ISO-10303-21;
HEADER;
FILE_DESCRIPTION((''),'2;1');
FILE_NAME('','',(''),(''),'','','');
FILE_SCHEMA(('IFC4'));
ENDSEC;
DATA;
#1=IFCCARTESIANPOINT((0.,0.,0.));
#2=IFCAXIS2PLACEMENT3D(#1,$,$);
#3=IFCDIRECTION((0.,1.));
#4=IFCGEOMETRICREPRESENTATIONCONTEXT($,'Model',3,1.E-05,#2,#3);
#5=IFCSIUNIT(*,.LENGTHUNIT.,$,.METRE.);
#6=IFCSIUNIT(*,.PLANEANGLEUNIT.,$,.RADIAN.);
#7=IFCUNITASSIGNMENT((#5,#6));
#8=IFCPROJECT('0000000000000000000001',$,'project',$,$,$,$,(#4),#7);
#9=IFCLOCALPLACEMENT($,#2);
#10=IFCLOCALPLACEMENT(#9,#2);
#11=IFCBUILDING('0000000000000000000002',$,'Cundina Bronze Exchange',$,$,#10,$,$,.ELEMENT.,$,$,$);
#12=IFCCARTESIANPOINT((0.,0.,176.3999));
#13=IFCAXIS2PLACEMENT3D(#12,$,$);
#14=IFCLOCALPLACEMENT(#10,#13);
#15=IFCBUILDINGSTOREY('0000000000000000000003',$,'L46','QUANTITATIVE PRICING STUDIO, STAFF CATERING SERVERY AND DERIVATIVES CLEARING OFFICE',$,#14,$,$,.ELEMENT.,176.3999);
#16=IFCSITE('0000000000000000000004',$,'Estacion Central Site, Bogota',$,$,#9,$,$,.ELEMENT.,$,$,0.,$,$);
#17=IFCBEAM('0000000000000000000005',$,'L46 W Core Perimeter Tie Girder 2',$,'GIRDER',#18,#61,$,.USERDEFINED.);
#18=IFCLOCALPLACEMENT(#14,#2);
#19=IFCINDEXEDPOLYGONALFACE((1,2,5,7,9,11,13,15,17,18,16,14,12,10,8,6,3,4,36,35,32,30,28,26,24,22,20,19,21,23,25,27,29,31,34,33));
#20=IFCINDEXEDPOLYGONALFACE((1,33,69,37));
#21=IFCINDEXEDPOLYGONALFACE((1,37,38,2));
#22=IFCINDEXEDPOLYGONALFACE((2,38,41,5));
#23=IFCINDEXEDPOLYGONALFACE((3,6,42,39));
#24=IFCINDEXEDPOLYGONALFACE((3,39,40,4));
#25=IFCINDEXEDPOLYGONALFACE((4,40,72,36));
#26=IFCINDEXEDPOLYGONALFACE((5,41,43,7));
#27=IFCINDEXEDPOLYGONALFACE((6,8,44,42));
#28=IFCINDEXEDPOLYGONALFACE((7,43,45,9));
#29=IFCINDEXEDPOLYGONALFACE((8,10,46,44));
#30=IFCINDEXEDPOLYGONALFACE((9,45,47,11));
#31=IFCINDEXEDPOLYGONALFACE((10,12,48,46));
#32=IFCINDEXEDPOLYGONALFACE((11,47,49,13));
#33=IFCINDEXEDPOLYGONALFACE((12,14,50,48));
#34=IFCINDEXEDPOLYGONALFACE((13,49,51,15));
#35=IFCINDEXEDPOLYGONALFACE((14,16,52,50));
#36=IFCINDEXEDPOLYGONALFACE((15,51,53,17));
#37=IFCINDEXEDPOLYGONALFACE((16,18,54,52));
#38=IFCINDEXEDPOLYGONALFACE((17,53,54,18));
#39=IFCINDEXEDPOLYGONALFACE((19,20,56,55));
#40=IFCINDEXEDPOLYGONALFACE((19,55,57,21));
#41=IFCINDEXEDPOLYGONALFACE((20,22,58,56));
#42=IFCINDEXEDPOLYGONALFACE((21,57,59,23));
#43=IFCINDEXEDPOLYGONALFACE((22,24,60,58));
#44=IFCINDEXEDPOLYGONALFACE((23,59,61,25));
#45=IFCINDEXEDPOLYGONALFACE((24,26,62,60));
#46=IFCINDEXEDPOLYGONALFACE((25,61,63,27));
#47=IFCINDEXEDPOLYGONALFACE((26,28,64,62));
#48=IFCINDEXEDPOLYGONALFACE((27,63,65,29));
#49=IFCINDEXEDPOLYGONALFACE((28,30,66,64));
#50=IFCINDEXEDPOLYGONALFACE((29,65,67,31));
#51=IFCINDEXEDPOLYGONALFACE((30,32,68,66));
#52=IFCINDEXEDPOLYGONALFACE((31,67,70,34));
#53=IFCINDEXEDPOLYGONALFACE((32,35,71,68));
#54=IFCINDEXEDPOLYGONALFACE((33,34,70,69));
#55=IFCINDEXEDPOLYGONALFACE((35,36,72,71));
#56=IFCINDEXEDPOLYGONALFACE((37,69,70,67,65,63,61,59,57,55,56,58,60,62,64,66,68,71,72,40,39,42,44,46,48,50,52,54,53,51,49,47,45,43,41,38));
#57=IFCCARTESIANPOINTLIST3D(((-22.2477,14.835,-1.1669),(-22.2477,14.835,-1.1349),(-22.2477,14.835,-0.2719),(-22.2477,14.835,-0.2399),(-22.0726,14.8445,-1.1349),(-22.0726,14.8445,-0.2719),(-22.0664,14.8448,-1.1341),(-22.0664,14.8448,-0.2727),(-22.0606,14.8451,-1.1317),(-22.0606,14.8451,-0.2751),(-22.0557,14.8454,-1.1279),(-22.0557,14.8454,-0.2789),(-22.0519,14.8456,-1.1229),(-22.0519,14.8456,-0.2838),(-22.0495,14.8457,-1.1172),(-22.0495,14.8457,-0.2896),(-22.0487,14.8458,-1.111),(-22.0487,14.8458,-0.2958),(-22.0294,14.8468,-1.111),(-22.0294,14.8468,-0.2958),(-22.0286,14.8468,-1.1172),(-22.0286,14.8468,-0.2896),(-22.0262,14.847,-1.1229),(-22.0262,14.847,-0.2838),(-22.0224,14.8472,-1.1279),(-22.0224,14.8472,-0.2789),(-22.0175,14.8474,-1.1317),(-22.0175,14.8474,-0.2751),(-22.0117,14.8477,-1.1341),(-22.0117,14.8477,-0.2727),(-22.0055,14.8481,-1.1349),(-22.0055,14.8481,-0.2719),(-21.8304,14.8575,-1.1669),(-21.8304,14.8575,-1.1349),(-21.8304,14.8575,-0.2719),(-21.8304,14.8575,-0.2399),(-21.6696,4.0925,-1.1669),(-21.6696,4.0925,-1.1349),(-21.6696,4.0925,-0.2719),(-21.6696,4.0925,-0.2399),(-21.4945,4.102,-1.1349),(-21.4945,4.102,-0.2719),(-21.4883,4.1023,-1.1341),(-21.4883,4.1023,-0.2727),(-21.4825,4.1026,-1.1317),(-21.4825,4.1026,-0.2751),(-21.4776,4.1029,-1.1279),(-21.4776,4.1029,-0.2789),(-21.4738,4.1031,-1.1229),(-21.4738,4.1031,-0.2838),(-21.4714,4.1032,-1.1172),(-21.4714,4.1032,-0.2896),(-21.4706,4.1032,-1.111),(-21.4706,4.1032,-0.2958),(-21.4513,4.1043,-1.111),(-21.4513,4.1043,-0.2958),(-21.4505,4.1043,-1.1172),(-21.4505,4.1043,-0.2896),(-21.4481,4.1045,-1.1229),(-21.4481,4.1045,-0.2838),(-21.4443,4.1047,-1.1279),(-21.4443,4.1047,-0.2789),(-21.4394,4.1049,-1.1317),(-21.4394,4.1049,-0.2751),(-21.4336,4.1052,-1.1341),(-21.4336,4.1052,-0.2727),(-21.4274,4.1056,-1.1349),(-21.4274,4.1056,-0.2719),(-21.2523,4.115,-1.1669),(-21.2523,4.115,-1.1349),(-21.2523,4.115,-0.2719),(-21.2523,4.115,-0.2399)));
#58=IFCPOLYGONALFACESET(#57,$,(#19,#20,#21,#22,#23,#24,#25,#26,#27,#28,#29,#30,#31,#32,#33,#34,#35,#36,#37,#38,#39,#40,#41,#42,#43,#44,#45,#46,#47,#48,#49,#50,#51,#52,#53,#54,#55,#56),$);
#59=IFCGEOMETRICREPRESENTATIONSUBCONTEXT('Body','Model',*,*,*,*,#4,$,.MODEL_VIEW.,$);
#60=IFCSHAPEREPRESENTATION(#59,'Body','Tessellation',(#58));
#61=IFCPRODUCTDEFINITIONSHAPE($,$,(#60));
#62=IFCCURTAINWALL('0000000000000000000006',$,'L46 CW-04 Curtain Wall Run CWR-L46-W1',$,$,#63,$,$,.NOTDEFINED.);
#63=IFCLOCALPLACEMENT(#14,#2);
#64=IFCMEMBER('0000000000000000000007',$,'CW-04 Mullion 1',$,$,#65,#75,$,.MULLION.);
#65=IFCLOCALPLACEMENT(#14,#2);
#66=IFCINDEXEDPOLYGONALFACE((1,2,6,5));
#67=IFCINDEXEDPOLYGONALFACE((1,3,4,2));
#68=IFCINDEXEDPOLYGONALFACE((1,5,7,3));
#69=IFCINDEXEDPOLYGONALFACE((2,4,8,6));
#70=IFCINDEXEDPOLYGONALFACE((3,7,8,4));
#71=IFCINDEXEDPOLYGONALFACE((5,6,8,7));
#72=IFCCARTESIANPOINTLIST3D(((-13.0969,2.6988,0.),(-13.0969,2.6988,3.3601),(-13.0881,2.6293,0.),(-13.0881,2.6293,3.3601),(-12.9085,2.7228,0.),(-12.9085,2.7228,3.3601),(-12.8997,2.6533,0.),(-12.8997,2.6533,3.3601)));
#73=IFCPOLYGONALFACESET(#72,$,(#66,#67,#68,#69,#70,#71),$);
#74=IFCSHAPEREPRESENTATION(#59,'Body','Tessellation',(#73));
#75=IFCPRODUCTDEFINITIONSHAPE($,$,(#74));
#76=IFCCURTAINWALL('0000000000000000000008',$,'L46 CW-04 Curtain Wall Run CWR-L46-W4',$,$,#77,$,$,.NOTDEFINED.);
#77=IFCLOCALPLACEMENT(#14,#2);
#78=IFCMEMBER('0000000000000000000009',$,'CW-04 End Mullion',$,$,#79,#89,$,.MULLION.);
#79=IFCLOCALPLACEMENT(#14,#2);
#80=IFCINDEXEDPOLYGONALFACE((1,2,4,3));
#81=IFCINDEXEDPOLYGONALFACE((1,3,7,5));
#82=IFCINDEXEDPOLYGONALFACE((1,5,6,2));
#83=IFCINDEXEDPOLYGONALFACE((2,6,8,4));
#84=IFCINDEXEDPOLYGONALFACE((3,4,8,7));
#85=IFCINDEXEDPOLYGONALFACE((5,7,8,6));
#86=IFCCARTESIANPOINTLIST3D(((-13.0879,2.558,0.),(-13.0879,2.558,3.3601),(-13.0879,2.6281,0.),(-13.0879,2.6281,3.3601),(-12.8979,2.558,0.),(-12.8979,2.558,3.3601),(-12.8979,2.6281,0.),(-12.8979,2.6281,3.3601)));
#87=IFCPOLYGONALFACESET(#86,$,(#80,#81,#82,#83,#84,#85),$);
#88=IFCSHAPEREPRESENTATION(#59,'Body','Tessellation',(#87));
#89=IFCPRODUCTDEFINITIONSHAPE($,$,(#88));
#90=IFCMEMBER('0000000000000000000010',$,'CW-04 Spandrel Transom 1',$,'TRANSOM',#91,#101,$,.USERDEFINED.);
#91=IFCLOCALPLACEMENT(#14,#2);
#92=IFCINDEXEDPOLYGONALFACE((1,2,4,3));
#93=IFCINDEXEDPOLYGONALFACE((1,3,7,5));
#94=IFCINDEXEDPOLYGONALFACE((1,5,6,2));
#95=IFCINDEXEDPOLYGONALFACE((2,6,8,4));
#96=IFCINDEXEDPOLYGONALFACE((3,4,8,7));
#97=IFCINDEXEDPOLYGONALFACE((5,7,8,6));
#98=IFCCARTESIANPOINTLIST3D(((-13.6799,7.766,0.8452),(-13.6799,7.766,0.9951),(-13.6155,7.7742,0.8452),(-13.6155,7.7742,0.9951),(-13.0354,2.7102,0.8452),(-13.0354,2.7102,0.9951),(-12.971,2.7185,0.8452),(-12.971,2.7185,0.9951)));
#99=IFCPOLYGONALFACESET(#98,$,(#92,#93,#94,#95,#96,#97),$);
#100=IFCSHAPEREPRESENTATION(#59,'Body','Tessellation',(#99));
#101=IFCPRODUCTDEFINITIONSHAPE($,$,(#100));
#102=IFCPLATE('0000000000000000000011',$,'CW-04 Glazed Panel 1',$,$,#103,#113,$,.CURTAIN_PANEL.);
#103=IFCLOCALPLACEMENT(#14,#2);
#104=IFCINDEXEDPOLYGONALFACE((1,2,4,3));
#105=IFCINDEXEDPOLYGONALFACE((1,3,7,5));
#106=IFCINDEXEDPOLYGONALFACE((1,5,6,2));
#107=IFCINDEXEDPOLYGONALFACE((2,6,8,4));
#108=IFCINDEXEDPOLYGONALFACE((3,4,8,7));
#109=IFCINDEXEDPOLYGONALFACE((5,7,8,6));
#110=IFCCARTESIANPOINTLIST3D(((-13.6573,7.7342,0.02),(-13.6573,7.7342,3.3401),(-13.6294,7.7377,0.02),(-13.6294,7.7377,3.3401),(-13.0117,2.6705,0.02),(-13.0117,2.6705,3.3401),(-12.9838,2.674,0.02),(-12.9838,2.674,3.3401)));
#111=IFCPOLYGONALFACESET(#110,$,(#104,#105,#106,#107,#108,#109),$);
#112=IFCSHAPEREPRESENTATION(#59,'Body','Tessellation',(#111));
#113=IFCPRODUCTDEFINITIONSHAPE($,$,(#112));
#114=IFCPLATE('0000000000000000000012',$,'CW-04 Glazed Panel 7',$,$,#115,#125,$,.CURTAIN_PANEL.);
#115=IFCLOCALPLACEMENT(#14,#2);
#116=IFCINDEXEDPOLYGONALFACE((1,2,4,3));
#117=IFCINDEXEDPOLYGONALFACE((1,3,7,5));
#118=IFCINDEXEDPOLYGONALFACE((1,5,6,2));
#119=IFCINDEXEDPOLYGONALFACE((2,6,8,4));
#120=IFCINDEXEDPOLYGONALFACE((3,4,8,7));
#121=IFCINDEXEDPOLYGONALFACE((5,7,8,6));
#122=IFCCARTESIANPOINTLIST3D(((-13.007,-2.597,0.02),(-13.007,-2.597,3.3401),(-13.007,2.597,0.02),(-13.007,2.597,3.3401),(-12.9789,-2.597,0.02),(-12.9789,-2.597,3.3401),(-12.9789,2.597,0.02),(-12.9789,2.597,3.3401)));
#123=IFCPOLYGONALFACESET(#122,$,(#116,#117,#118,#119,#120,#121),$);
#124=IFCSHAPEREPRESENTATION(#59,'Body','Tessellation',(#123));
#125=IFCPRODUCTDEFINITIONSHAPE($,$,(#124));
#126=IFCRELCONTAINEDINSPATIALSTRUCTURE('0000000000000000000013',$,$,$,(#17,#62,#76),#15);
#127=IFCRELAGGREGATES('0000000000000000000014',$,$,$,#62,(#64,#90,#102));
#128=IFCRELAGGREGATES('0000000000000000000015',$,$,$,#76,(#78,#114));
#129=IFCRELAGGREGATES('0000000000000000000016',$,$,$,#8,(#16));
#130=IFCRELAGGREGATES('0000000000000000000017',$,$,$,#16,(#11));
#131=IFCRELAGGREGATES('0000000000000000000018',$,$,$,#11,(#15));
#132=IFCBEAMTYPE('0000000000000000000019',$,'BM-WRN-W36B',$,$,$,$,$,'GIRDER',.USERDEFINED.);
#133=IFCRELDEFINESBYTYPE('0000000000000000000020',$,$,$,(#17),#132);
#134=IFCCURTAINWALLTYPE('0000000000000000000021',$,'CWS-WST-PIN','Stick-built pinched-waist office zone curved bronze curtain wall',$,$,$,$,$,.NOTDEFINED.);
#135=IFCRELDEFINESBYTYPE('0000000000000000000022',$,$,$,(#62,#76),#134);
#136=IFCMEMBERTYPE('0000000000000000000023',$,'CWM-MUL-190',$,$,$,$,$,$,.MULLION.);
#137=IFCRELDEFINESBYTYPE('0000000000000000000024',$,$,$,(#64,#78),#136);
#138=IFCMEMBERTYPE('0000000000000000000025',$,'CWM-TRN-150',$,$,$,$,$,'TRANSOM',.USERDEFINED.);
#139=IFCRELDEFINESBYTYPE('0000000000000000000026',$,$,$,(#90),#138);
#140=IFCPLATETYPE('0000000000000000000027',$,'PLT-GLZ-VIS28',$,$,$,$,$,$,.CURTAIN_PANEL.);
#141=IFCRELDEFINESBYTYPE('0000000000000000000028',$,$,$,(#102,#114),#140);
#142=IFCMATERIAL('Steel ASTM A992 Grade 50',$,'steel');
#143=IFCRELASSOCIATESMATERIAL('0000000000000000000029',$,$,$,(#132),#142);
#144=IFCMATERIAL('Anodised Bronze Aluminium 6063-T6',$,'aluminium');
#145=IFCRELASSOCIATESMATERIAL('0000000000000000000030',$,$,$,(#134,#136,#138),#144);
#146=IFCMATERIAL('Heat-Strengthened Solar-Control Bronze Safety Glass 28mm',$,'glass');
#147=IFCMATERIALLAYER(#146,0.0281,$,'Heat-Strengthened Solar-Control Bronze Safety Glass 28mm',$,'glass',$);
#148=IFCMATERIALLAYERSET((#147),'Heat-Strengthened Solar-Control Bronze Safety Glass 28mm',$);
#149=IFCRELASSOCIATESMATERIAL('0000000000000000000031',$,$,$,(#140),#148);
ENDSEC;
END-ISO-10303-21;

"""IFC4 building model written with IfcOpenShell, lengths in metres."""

from ifc_helpers import new_model, si_unit, direction, frame, origin, origin_2d, place, context, subcontext, project, spatial, rectangle, i_section, extrude, material, layer, layer_set, material_profile, profile_set, type_object, element, aggregate, save


model = new_model("IFC4")

# Units and contexts
model_context = context("Model", 3, precision=1e-05, world=origin(), true_north=direction((0.0, 1.0)))
body_context = subcontext(model_context, "Body", "Model", "MODEL_VIEW")
ifc_project = project(units=[si_unit("LENGTHUNIT", "METRE"), si_unit("PLANEANGLEUNIT", "RADIAN")], contexts=[model_context])

# Site, building, storey
site_placement = place(None, origin())
site = spatial("IfcSite", under=ifc_project, at=site_placement, Name="Estacion Central Site, Bogota", CompositionType="ELEMENT", RefElevation=0.0)
building_placement = place(site_placement, origin())
building = spatial("IfcBuilding", under=site, at=building_placement, Name="Cundina Bronze Exchange", CompositionType="ELEMENT")
storey_placement = place(building_placement, frame((0.0, 0.0, 176.3999)))
storey = spatial("IfcBuildingStorey", under=building, at=storey_placement, Name="L46", Description="QUANTITATIVE PRICING STUDIO, STAFF CATERING SERVERY AND DERIVATIVES CLEARING OFFICE", CompositionType="ELEMENT", Elevation=176.3999)

# Shared definitions
ifc_material_1 = material(Name="Steel ASTM A992 Grade 50", Category="steel")

# Beam
ifc_material_profile_1 = material_profile(ifc_material_1, i_section(OverallWidth=0.418, OverallDepth=0.927, WebThickness=0.0193, FlangeThickness=0.032, FilletRadius=0.0239, at=origin_2d()), Name="W36X231", Category="steel")
ifc_profile_set_1 = profile_set([ifc_material_profile_1], Name="Steel ASTM A992 Grade 50")
beam_type_1 = type_object("IfcBeamType", Name="BM-WRN-W36B", ElementType="GIRDER", PredefinedType="USERDEFINED", material=ifc_profile_set_1)
beam_1_placement = place(storey_placement, frame((-21.4609, 4.1038, -0.7034), z_axis=(-0.053739, 0.998555, 0.0), x_axis=(-0.998555, -0.053739, 0.0)))
element("IfcBeam", 1, at=beam_1_placement, inside=storey, type_object=beam_type_1, Name="L46 W Core Perimeter Tie Girder 2", ObjectType="GIRDER", PredefinedType="USERDEFINED", context=body_context, shape_type="SweptSolid", body=[
    extrude(i_section(OverallWidth=0.418, OverallDepth=0.927, WebThickness=0.0193, FlangeThickness=0.032, FilletRadius=0.0239, at=origin_2d()), origin(), (0.0, 0.0, 1.0), 10.7581),
])

# Curtain walls, members
ifc_material_2 = material(Name="Anodised Bronze Aluminium 6063-T6", Category="aluminium")
curtain_wall_type = type_object("IfcCurtainWallType", Name="CWS-WST-PIN", Description="Stick-built pinched-waist office zone curved bronze curtain wall", PredefinedType="NOTDEFINED", material=ifc_material_2)
curtain_wall_1_placement = place(storey_placement, origin())
curtain_wall_1 = element("IfcCurtainWall", 2, at=curtain_wall_1_placement, inside=storey, type_object=curtain_wall_type, Name="L46 CW-04 Curtain Wall Run CWR-L46-W1", PredefinedType="NOTDEFINED")
ifc_material_profile_2 = material_profile(ifc_material_2, rectangle(XDim=0.0701, YDim=0.1899, at=origin_2d()), Name="AL70X190", Category="aluminium")
ifc_profile_set_2 = profile_set([ifc_material_profile_2], Name="Anodised Bronze Aluminium 6063-T6")
member_type_1 = type_object("IfcMemberType", Name="CWM-MUL-190", PredefinedType="MULLION", material=ifc_profile_set_2)
member_1_placement = place(storey_placement, frame((-12.9983, 2.676, 0.0), z_axis=(0.0, 0.0, 1.0), x_axis=(-0.126545, 0.991961, 0.0)))
member_1 = element("IfcMember", 3, at=member_1_placement, type_object=member_type_1, Name="CW-04 Mullion 1", PredefinedType="MULLION", context=body_context, shape_type="SweptSolid", body=[
    extrude(rectangle(XDim=0.0701, YDim=0.1899, at=origin_2d()), origin(), (0.0, 0.0, 1.0), 3.3601),
])
curtain_wall_2_placement = place(storey_placement, origin())
curtain_wall_2 = element("IfcCurtainWall", 4, at=curtain_wall_2_placement, inside=storey, type_object=curtain_wall_type, Name="L46 CW-04 Curtain Wall Run CWR-L46-W4", PredefinedType="NOTDEFINED")
member_2_placement = place(storey_placement, frame((-12.9929, 2.593, 0.0), z_axis=(0.0, 0.0, 1.0), x_axis=(0.0, 1.0, 0.0)))
member_2 = element("IfcMember", 5, at=member_2_placement, type_object=member_type_1, Name="CW-04 End Mullion", PredefinedType="MULLION", context=body_context, shape_type="SweptSolid", body=[
    extrude(rectangle(XDim=0.0701, YDim=0.1899, at=origin_2d()), origin(), (0.0, 0.0, 1.0), 3.3601),
])

# Member
ifc_material_profile_3 = material_profile(ifc_material_2, rectangle(XDim=0.0649, YDim=0.1499, at=origin_2d()), Name="AL65X150", Category="aluminium")
ifc_profile_set_3 = profile_set([ifc_material_profile_3], Name="Anodised Bronze Aluminium 6063-T6")
member_type_2 = type_object("IfcMemberType", Name="CWM-TRN-150", ElementType="TRANSOM", PredefinedType="USERDEFINED", material=ifc_profile_set_3)
member_3_placement = place(storey_placement, frame((-13.0032, 2.7144, 0.9202), z_axis=(-0.126463, 0.991971, 0.0), x_axis=(-0.991971, -0.126463, 0.0)))
member_3 = element("IfcMember", 6, at=member_3_placement, type_object=member_type_2, Name="CW-04 Spandrel Transom 1", ObjectType="TRANSOM", PredefinedType="USERDEFINED", context=body_context, shape_type="SweptSolid", body=[
    extrude(rectangle(XDim=0.0649, YDim=0.1499, at=origin_2d()), origin(), (0.0, 0.0, 1.0), 5.0967),
])

# Plates
ifc_material_3 = material(Name="Heat-Strengthened Solar-Control Bronze Safety Glass 28mm", Category="glass")
ifc_layer_1 = layer(ifc_material_3, 0.0281, Name="Heat-Strengthened Solar-Control Bronze Safety Glass 28mm", Category="glass")
ifc_layer_set_1 = layer_set([ifc_layer_1], Name="Heat-Strengthened Solar-Control Bronze Safety Glass 28mm")
plate_type = type_object("IfcPlateType", Name="PLT-GLZ-VIS28", PredefinedType="CURTAIN_PANEL", material=ifc_layer_set_1)
plate_1_placement = place(storey_placement, frame((-13.3206, 5.2041, 0.02), z_axis=(0.0, 0.0, 1.0), x_axis=(-0.126476, 0.99197, 0.0)))
plate_1 = element("IfcPlate", 7, at=plate_1_placement, type_object=plate_type, Name="CW-04 Glazed Panel 1", PredefinedType="CURTAIN_PANEL", context=body_context, shape_type="SweptSolid", body=[
    extrude(rectangle(XDim=5.1047, YDim=0.0281, at=origin_2d()), origin(), (0.0, 0.0, 1.0), 3.3201),
])
aggregate(curtain_wall_1, [member_1, member_3, plate_1])
plate_2_placement = place(storey_placement, frame((-12.9929, 0.0, 0.02), z_axis=(0.0, 0.0, 1.0), x_axis=(0.0, 1.0, 0.0)))
plate_2 = element("IfcPlate", 8, at=plate_2_placement, type_object=plate_type, Name="CW-04 Glazed Panel 7", PredefinedType="CURTAIN_PANEL", context=body_context, shape_type="SweptSolid", body=[
    extrude(rectangle(XDim=5.1941, YDim=0.0281, at=origin_2d()), origin(), (0.0, 0.0, 1.0), 3.3201),
])
aggregate(curtain_wall_2, [member_2, plate_2])

save(model, "model.ifc")
